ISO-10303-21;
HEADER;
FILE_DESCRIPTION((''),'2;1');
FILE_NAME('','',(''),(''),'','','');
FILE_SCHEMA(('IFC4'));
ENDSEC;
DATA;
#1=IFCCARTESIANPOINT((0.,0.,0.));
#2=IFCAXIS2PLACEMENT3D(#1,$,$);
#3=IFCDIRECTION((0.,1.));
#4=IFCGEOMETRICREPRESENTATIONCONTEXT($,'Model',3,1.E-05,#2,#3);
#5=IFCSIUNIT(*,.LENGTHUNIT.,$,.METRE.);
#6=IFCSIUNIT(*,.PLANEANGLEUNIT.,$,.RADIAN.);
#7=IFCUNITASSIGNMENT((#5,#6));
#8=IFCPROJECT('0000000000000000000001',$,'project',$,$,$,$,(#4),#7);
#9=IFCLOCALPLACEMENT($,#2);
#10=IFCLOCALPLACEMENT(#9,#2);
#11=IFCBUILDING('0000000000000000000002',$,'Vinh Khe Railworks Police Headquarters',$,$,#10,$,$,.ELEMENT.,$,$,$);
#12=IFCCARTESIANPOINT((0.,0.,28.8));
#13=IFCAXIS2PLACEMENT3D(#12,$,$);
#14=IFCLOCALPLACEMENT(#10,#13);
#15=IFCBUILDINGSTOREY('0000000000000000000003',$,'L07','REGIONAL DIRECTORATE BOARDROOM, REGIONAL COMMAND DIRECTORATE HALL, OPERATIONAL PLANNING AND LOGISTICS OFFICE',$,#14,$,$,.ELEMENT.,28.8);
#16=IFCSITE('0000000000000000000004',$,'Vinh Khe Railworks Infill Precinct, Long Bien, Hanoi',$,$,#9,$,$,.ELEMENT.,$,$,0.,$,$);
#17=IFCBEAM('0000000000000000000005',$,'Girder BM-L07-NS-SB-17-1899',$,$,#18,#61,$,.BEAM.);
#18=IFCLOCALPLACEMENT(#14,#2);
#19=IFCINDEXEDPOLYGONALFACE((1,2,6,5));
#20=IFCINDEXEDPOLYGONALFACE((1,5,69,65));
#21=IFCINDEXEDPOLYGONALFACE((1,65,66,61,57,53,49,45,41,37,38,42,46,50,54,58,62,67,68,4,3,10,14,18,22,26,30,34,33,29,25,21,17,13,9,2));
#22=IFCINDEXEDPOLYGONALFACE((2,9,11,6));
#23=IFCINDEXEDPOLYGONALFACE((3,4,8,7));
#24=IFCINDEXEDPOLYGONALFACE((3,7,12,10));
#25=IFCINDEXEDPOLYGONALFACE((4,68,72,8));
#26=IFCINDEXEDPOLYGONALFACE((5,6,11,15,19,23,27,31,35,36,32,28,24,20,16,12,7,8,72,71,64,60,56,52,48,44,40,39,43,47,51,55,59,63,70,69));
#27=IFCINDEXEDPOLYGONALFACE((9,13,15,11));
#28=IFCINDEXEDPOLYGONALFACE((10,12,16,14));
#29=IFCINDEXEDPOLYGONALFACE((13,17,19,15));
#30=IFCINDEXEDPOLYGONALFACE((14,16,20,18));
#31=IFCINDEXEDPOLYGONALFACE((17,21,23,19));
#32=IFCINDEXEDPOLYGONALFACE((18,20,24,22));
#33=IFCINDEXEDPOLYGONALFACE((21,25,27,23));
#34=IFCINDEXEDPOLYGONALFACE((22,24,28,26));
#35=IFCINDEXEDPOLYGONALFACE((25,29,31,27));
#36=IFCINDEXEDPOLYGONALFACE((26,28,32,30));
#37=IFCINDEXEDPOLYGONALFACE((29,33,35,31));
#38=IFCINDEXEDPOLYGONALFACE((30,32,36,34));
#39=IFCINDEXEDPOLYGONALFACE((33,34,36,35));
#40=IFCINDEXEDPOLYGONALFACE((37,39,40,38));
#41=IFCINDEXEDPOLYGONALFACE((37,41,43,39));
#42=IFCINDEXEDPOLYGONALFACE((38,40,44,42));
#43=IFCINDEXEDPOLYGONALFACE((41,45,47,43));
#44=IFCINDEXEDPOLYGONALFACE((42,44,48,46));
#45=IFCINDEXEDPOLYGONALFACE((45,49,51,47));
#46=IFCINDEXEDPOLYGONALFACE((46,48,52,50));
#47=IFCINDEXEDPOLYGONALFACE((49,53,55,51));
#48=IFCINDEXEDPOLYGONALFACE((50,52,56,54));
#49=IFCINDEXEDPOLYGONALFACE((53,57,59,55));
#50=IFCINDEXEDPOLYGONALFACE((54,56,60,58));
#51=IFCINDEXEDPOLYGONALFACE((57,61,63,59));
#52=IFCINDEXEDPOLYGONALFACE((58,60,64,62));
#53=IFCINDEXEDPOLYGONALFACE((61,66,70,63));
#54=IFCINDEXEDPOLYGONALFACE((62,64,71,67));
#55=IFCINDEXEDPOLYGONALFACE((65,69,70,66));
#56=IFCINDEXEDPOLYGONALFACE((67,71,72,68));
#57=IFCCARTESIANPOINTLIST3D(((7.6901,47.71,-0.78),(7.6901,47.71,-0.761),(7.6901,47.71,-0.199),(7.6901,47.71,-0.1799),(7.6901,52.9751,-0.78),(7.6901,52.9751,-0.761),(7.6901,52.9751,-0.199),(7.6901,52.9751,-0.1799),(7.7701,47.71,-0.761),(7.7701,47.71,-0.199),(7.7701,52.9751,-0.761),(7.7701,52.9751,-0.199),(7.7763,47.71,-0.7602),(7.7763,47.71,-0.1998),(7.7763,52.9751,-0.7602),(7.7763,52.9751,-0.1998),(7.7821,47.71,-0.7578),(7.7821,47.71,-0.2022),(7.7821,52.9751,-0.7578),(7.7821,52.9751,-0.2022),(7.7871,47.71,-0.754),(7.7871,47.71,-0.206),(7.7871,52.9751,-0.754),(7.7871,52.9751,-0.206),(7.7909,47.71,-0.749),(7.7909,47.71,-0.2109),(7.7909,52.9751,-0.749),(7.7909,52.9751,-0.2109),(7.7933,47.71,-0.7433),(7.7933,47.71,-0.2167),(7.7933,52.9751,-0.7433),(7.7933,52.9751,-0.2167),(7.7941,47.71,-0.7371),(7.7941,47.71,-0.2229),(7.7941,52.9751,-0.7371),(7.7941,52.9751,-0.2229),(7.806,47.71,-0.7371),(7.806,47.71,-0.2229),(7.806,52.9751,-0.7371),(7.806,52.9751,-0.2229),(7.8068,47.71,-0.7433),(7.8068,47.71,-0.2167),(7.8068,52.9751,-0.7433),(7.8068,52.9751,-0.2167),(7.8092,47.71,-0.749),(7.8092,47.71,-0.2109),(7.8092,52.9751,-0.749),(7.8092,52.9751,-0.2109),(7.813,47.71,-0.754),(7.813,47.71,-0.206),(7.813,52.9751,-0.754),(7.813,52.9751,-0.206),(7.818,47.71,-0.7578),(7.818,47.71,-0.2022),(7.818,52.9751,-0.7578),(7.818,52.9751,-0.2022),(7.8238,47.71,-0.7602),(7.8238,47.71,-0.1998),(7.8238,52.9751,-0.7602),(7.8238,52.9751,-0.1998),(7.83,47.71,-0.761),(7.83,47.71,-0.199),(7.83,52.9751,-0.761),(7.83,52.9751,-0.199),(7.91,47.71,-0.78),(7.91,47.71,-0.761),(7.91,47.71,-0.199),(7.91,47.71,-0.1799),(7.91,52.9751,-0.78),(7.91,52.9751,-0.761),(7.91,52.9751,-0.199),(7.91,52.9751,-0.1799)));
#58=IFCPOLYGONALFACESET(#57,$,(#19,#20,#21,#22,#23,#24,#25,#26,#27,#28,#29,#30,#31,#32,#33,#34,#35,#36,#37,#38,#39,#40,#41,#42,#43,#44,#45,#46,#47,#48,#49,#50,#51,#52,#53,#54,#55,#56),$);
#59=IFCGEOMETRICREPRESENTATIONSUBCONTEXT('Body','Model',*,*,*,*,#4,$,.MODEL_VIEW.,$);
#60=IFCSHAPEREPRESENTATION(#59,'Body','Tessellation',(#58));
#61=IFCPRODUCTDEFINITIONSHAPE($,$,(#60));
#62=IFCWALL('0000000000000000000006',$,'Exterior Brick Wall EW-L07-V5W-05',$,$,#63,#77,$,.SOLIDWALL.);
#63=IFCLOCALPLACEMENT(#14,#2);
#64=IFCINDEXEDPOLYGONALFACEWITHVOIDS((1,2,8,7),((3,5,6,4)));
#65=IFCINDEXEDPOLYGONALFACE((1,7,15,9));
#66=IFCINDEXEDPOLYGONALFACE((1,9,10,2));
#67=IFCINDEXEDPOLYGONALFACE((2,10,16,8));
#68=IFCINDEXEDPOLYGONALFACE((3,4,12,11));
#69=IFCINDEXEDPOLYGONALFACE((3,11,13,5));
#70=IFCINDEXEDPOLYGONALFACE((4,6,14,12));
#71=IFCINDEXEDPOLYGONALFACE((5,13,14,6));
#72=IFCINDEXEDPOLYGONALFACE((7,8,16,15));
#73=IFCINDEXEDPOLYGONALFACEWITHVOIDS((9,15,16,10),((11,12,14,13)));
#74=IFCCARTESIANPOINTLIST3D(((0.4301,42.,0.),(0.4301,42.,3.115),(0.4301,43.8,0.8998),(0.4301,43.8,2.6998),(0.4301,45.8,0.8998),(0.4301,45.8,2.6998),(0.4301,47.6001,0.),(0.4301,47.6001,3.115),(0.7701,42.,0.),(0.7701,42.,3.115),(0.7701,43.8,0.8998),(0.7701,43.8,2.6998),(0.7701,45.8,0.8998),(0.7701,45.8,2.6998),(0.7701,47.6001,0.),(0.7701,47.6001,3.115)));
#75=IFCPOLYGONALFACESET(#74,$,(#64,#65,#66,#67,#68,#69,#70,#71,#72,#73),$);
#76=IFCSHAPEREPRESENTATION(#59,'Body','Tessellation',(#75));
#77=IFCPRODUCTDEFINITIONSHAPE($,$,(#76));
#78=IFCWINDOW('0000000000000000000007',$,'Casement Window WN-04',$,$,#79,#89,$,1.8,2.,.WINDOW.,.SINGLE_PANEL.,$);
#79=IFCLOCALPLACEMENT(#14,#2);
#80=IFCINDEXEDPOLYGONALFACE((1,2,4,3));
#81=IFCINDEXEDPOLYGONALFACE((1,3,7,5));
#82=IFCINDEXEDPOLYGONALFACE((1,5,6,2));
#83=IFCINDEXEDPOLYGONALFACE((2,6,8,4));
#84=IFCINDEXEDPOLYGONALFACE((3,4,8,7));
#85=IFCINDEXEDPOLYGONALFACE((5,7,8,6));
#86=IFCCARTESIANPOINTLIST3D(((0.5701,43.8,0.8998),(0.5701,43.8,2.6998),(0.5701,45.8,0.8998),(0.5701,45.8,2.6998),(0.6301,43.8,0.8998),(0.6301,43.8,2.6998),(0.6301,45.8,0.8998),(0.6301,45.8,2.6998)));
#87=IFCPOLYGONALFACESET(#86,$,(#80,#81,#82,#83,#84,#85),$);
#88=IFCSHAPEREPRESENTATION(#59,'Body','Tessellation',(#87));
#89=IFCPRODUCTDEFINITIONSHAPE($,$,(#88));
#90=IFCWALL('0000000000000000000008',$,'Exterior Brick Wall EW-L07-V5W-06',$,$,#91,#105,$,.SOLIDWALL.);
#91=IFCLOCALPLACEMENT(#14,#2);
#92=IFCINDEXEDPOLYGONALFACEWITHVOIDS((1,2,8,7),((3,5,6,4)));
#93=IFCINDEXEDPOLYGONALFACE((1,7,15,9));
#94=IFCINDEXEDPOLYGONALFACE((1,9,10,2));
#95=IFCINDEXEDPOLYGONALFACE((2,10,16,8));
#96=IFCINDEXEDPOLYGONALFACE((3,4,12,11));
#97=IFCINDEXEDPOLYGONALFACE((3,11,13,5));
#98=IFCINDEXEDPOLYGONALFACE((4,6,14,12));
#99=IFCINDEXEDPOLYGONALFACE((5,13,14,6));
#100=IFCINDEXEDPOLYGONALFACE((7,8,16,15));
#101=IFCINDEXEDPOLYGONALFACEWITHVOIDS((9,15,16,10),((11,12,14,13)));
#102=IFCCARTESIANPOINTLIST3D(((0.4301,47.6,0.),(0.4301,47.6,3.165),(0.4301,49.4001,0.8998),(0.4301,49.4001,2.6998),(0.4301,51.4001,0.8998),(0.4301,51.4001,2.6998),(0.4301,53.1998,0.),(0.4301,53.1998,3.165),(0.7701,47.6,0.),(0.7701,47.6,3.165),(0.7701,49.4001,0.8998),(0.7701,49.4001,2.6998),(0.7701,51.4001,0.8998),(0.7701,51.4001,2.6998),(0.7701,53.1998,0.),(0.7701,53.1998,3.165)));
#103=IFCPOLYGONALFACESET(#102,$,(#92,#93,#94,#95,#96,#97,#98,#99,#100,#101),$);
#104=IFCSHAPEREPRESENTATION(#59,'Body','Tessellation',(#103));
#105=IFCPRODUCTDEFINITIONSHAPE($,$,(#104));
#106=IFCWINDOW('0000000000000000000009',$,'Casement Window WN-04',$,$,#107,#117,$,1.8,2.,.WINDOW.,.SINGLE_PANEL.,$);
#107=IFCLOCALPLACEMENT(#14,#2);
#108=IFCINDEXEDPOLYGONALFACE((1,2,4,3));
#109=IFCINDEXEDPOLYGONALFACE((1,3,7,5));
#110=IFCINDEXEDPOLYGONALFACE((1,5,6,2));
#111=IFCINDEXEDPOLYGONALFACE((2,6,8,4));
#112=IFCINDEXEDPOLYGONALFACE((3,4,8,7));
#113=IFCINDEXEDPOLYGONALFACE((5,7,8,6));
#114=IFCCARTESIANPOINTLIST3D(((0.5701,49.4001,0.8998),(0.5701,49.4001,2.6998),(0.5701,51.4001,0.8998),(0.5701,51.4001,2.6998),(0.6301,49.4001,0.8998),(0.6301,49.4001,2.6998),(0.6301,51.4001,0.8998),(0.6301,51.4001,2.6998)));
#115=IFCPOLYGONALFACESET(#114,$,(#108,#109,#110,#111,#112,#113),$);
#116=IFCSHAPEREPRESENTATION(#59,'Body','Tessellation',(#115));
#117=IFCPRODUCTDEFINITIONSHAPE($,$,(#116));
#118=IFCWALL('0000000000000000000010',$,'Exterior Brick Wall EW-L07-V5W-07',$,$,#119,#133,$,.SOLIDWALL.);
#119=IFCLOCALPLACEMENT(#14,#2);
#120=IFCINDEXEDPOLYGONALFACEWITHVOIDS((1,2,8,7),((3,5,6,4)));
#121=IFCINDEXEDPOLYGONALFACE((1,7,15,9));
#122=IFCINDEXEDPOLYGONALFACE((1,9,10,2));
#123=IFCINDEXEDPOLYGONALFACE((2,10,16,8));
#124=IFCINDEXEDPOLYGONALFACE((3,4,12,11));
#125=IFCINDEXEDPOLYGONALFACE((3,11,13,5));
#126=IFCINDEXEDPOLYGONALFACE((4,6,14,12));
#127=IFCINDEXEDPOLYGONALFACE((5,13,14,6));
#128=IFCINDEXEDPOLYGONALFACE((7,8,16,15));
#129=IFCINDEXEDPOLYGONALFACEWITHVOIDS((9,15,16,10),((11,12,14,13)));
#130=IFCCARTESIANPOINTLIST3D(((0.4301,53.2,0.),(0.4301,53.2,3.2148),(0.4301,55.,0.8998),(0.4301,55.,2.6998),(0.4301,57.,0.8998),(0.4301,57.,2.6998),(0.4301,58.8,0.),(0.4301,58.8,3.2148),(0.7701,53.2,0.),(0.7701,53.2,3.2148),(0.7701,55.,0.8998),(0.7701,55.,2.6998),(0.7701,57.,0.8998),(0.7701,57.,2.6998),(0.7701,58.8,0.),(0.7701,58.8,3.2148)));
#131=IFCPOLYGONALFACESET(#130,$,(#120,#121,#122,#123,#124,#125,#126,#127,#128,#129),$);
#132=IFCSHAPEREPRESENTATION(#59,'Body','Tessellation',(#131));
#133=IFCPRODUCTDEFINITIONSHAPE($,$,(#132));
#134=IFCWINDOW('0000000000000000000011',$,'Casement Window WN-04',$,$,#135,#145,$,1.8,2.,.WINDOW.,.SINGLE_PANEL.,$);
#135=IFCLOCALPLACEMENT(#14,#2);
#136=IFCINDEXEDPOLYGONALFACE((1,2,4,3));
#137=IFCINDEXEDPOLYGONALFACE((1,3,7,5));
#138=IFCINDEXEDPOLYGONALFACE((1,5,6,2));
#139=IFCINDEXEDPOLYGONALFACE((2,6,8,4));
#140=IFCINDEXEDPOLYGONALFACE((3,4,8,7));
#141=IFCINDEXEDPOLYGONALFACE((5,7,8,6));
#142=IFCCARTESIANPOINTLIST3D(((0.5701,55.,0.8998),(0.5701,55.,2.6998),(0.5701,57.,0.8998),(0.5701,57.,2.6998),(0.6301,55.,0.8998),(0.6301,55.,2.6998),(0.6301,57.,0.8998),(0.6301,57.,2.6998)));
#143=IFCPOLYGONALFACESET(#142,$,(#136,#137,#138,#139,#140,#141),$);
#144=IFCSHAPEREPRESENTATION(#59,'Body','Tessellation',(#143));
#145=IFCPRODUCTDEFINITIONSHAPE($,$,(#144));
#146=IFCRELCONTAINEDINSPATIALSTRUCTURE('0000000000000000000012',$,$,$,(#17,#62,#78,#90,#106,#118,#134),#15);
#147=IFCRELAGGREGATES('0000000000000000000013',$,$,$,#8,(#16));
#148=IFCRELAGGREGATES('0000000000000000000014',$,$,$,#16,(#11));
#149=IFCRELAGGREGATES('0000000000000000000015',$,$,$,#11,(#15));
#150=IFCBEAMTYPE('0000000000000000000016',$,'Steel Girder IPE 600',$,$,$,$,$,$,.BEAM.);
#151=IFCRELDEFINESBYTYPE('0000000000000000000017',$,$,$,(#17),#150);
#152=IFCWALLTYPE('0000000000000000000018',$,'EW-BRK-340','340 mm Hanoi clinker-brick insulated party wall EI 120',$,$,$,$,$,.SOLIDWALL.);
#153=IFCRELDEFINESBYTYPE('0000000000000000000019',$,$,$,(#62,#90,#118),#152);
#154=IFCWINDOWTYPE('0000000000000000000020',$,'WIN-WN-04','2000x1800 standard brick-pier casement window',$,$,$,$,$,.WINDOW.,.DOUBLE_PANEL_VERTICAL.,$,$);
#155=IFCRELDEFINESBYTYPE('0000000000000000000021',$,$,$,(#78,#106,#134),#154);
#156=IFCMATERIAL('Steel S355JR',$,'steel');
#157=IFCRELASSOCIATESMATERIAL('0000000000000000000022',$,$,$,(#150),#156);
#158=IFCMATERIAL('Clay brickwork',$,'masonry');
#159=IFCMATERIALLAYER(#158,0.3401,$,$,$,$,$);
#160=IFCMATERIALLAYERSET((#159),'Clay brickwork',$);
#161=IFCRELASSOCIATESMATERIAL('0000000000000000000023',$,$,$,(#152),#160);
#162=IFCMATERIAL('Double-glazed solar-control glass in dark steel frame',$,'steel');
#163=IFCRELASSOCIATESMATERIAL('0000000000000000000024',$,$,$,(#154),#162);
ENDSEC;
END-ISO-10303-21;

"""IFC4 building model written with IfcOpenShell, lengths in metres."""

from ifc_helpers import new_model, si_unit, direction, frame, frame_2d, origin, origin_2d, place, context, subcontext, project, spatial, rectangle, i_section, extrude, material, layer, layer_set, material_profile, profile_set, type_object, element, fill, save


model = new_model("IFC4")

# Units and contexts
model_context = context("Model", 3, precision=1e-05, world=origin(), true_north=direction((0.0, 1.0)))
body_context = subcontext(model_context, "Body", "Model", "MODEL_VIEW")
ifc_project = project(units=[si_unit("LENGTHUNIT", "METRE"), si_unit("PLANEANGLEUNIT", "RADIAN")], contexts=[model_context])

# Site, building, storey
site_placement = place(None, origin())
site = spatial("IfcSite", under=ifc_project, at=site_placement, Name="Vinh Khe Railworks Infill Precinct, Long Bien, Hanoi", CompositionType="ELEMENT", RefElevation=0.0)
building_placement = place(site_placement, origin())
building = spatial("IfcBuilding", under=site, at=building_placement, Name="Vinh Khe Railworks Police Headquarters", CompositionType="ELEMENT")
storey_placement = place(building_placement, frame((0.0, 0.0, 28.8)))
storey = spatial("IfcBuildingStorey", under=building, at=storey_placement, Name="L07", Description="REGIONAL DIRECTORATE BOARDROOM, REGIONAL COMMAND DIRECTORATE HALL, OPERATIONAL PLANNING AND LOGISTICS OFFICE", CompositionType="ELEMENT", Elevation=28.8)

# Shared definitions
ifc_material_1 = material(Name="Steel S355JR", Category="steel")

# Beam
ifc_material_profile_1 = material_profile(ifc_material_1, i_section(OverallWidth=0.22, OverallDepth=0.6001, WebThickness=0.012, FlangeThickness=0.019, FilletRadius=0.0239, at=origin_2d()), Name="IPE 600")
ifc_profile_set_1 = profile_set([ifc_material_profile_1], Name="Steel S355JR")
beam_type_1 = type_object("IfcBeamType", Name="Steel Girder IPE 600", PredefinedType="BEAM", material=ifc_profile_set_1)
beam_1_placement = place(storey_placement, frame((7.8, 47.71, -0.48), z_axis=(0.0, 1.0, 0.0), x_axis=(-1.0, 0.0, 0.0)))
element("IfcBeam", 1, at=beam_1_placement, inside=storey, type_object=beam_type_1, Name="Girder BM-L07-NS-SB-17-1899", PredefinedType="BEAM", context=body_context, shape_type="SweptSolid", body=[
    extrude(i_section(OverallWidth=0.22, OverallDepth=0.6001, WebThickness=0.012, FlangeThickness=0.019, FilletRadius=0.0239, at=origin_2d()), origin(), (0.0, 0.0, 1.0), 5.2651),
])

# Walls, openings, windows
ifc_material_2 = material(Name="Clay brickwork", Category="masonry")
ifc_layer = layer(ifc_material_2, 0.3401)
ifc_layer_set = layer_set([ifc_layer], Name="Clay brickwork")
wall_type = type_object("IfcWallType", Name="EW-BRK-340", Description="340 mm Hanoi clinker-brick insulated party wall EI 120", PredefinedType="SOLIDWALL", material=ifc_layer_set)
wall_1_placement = place(storey_placement, frame((0.6001, 42.0, 0.0), z_axis=(0.0, 0.0, 1.0), x_axis=(0.0, 1.0, 0.0)))
wall_1 = element("IfcWall", 2, at=wall_1_placement, inside=storey, type_object=wall_type, Name="Exterior Brick Wall EW-L07-V5W-05", PredefinedType="SOLIDWALL", context=body_context, shape_type="SweptSolid", body=[
    extrude(rectangle(XDim=5.6001, YDim=0.3401, at=frame_2d((2.8, 0.0))), origin(), (0.0, 0.0, 1.0), 3.115),
])
opening_1_placement = place(wall_1_placement, frame((1.8, 0.0, 0.8999)))
opening_1 = element("IfcOpeningElement", 3, at=opening_1_placement, cuts=wall_1, PredefinedType="OPENING", context=body_context, shape_type="SweptSolid", body=[
    extrude(rectangle(XDim=2.0, YDim=1.8, at=frame_2d((1.0, 0.8999))), frame((0.0, 0.1851, 0.0), z_axis=(0.0, -1.0, 0.0), x_axis=(1.0, 0.0, 0.0)), (0.0, 0.0, 1.0), 0.3699),
])
ifc_material_3 = material(Name="Double-glazed solar-control glass in dark steel frame", Category="steel")
window_type = type_object("IfcWindowType", Name="WIN-WN-04", Description="2000x1800 standard brick-pier casement window", PartitioningType="DOUBLE_PANEL_VERTICAL", PredefinedType="WINDOW", material=ifc_material_3)
window_1_placement = place(opening_1_placement, origin())
window_1 = element("IfcWindow", 4, at=window_1_placement, inside=storey, type_object=window_type, Name="Casement Window WN-04", OverallHeight=1.8, OverallWidth=2.0, PartitioningType="SINGLE_PANEL", PredefinedType="WINDOW", context=body_context, shape_type="SweptSolid", body=[
    extrude(rectangle(XDim=2.0, YDim=1.8, at=frame_2d((1.0, 0.8999))), frame((0.0, 0.03, 0.0), z_axis=(0.0, -1.0, 0.0), x_axis=(1.0, 0.0, 0.0)), (0.0, 0.0, 1.0), 0.0601),
])
fill(opening_1, window_1)
wall_2_placement = place(storey_placement, frame((0.6001, 47.6001, 0.0), z_axis=(0.0, 0.0, 1.0), x_axis=(0.0, 1.0, 0.0)))
wall_2 = element("IfcWall", 5, at=wall_2_placement, inside=storey, type_object=wall_type, Name="Exterior Brick Wall EW-L07-V5W-06", PredefinedType="SOLIDWALL", context=body_context, shape_type="SweptSolid", body=[
    extrude(rectangle(XDim=5.5999, YDim=0.3401, at=frame_2d((2.7998, 0.0))), origin(), (0.0, 0.0, 1.0), 3.165),
])
opening_2_placement = place(wall_2_placement, frame((1.8, 0.0, 0.8999)))
opening_2 = element("IfcOpeningElement", 6, at=opening_2_placement, cuts=wall_2, PredefinedType="OPENING", context=body_context, shape_type="SweptSolid", body=[
    extrude(rectangle(XDim=2.0, YDim=1.8, at=frame_2d((1.0, 0.8999))), frame((0.0, 0.1851, 0.0), z_axis=(0.0, -1.0, 0.0), x_axis=(1.0, 0.0, 0.0)), (0.0, 0.0, 1.0), 0.3699),
])
window_2_placement = place(opening_2_placement, origin())
window_2 = element("IfcWindow", 7, at=window_2_placement, inside=storey, type_object=window_type, Name="Casement Window WN-04", OverallHeight=1.8, OverallWidth=2.0, PartitioningType="SINGLE_PANEL", PredefinedType="WINDOW", context=body_context, shape_type="SweptSolid", body=[
    extrude(rectangle(XDim=2.0, YDim=1.8, at=frame_2d((1.0, 0.8999))), frame((0.0, 0.03, 0.0), z_axis=(0.0, -1.0, 0.0), x_axis=(1.0, 0.0, 0.0)), (0.0, 0.0, 1.0), 0.0601),
])
fill(opening_2, window_2)
wall_3_placement = place(storey_placement, frame((0.6001, 53.2, 0.0), z_axis=(0.0, 0.0, 1.0), x_axis=(0.0, 1.0, 0.0)))
wall_3 = element("IfcWall", 8, at=wall_3_placement, inside=storey, type_object=wall_type, Name="Exterior Brick Wall EW-L07-V5W-07", PredefinedType="SOLIDWALL", context=body_context, shape_type="SweptSolid", body=[
    extrude(rectangle(XDim=5.6001, YDim=0.3401, at=frame_2d((2.8, 0.0))), origin(), (0.0, 0.0, 1.0), 3.2148),
])
opening_3_placement = place(wall_3_placement, frame((1.8, 0.0, 0.8999)))
opening_3 = element("IfcOpeningElement", 9, at=opening_3_placement, cuts=wall_3, PredefinedType="OPENING", context=body_context, shape_type="SweptSolid", body=[
    extrude(rectangle(XDim=2.0, YDim=1.8, at=frame_2d((1.0, 0.8999))), frame((0.0, 0.1851, 0.0), z_axis=(0.0, -1.0, 0.0), x_axis=(1.0, 0.0, 0.0)), (0.0, 0.0, 1.0), 0.3699),
])
window_3_placement = place(opening_3_placement, origin())
window_3 = element("IfcWindow", 10, at=window_3_placement, inside=storey, type_object=window_type, Name="Casement Window WN-04", OverallHeight=1.8, OverallWidth=2.0, PartitioningType="SINGLE_PANEL", PredefinedType="WINDOW", context=body_context, shape_type="SweptSolid", body=[
    extrude(rectangle(XDim=2.0, YDim=1.8, at=frame_2d((1.0, 0.8999))), frame((0.0, 0.03, 0.0), z_axis=(0.0, -1.0, 0.0), x_axis=(1.0, 0.0, 0.0)), (0.0, 0.0, 1.0), 0.0601),
])
fill(opening_3, window_3)

save(model, "model.ifc")
